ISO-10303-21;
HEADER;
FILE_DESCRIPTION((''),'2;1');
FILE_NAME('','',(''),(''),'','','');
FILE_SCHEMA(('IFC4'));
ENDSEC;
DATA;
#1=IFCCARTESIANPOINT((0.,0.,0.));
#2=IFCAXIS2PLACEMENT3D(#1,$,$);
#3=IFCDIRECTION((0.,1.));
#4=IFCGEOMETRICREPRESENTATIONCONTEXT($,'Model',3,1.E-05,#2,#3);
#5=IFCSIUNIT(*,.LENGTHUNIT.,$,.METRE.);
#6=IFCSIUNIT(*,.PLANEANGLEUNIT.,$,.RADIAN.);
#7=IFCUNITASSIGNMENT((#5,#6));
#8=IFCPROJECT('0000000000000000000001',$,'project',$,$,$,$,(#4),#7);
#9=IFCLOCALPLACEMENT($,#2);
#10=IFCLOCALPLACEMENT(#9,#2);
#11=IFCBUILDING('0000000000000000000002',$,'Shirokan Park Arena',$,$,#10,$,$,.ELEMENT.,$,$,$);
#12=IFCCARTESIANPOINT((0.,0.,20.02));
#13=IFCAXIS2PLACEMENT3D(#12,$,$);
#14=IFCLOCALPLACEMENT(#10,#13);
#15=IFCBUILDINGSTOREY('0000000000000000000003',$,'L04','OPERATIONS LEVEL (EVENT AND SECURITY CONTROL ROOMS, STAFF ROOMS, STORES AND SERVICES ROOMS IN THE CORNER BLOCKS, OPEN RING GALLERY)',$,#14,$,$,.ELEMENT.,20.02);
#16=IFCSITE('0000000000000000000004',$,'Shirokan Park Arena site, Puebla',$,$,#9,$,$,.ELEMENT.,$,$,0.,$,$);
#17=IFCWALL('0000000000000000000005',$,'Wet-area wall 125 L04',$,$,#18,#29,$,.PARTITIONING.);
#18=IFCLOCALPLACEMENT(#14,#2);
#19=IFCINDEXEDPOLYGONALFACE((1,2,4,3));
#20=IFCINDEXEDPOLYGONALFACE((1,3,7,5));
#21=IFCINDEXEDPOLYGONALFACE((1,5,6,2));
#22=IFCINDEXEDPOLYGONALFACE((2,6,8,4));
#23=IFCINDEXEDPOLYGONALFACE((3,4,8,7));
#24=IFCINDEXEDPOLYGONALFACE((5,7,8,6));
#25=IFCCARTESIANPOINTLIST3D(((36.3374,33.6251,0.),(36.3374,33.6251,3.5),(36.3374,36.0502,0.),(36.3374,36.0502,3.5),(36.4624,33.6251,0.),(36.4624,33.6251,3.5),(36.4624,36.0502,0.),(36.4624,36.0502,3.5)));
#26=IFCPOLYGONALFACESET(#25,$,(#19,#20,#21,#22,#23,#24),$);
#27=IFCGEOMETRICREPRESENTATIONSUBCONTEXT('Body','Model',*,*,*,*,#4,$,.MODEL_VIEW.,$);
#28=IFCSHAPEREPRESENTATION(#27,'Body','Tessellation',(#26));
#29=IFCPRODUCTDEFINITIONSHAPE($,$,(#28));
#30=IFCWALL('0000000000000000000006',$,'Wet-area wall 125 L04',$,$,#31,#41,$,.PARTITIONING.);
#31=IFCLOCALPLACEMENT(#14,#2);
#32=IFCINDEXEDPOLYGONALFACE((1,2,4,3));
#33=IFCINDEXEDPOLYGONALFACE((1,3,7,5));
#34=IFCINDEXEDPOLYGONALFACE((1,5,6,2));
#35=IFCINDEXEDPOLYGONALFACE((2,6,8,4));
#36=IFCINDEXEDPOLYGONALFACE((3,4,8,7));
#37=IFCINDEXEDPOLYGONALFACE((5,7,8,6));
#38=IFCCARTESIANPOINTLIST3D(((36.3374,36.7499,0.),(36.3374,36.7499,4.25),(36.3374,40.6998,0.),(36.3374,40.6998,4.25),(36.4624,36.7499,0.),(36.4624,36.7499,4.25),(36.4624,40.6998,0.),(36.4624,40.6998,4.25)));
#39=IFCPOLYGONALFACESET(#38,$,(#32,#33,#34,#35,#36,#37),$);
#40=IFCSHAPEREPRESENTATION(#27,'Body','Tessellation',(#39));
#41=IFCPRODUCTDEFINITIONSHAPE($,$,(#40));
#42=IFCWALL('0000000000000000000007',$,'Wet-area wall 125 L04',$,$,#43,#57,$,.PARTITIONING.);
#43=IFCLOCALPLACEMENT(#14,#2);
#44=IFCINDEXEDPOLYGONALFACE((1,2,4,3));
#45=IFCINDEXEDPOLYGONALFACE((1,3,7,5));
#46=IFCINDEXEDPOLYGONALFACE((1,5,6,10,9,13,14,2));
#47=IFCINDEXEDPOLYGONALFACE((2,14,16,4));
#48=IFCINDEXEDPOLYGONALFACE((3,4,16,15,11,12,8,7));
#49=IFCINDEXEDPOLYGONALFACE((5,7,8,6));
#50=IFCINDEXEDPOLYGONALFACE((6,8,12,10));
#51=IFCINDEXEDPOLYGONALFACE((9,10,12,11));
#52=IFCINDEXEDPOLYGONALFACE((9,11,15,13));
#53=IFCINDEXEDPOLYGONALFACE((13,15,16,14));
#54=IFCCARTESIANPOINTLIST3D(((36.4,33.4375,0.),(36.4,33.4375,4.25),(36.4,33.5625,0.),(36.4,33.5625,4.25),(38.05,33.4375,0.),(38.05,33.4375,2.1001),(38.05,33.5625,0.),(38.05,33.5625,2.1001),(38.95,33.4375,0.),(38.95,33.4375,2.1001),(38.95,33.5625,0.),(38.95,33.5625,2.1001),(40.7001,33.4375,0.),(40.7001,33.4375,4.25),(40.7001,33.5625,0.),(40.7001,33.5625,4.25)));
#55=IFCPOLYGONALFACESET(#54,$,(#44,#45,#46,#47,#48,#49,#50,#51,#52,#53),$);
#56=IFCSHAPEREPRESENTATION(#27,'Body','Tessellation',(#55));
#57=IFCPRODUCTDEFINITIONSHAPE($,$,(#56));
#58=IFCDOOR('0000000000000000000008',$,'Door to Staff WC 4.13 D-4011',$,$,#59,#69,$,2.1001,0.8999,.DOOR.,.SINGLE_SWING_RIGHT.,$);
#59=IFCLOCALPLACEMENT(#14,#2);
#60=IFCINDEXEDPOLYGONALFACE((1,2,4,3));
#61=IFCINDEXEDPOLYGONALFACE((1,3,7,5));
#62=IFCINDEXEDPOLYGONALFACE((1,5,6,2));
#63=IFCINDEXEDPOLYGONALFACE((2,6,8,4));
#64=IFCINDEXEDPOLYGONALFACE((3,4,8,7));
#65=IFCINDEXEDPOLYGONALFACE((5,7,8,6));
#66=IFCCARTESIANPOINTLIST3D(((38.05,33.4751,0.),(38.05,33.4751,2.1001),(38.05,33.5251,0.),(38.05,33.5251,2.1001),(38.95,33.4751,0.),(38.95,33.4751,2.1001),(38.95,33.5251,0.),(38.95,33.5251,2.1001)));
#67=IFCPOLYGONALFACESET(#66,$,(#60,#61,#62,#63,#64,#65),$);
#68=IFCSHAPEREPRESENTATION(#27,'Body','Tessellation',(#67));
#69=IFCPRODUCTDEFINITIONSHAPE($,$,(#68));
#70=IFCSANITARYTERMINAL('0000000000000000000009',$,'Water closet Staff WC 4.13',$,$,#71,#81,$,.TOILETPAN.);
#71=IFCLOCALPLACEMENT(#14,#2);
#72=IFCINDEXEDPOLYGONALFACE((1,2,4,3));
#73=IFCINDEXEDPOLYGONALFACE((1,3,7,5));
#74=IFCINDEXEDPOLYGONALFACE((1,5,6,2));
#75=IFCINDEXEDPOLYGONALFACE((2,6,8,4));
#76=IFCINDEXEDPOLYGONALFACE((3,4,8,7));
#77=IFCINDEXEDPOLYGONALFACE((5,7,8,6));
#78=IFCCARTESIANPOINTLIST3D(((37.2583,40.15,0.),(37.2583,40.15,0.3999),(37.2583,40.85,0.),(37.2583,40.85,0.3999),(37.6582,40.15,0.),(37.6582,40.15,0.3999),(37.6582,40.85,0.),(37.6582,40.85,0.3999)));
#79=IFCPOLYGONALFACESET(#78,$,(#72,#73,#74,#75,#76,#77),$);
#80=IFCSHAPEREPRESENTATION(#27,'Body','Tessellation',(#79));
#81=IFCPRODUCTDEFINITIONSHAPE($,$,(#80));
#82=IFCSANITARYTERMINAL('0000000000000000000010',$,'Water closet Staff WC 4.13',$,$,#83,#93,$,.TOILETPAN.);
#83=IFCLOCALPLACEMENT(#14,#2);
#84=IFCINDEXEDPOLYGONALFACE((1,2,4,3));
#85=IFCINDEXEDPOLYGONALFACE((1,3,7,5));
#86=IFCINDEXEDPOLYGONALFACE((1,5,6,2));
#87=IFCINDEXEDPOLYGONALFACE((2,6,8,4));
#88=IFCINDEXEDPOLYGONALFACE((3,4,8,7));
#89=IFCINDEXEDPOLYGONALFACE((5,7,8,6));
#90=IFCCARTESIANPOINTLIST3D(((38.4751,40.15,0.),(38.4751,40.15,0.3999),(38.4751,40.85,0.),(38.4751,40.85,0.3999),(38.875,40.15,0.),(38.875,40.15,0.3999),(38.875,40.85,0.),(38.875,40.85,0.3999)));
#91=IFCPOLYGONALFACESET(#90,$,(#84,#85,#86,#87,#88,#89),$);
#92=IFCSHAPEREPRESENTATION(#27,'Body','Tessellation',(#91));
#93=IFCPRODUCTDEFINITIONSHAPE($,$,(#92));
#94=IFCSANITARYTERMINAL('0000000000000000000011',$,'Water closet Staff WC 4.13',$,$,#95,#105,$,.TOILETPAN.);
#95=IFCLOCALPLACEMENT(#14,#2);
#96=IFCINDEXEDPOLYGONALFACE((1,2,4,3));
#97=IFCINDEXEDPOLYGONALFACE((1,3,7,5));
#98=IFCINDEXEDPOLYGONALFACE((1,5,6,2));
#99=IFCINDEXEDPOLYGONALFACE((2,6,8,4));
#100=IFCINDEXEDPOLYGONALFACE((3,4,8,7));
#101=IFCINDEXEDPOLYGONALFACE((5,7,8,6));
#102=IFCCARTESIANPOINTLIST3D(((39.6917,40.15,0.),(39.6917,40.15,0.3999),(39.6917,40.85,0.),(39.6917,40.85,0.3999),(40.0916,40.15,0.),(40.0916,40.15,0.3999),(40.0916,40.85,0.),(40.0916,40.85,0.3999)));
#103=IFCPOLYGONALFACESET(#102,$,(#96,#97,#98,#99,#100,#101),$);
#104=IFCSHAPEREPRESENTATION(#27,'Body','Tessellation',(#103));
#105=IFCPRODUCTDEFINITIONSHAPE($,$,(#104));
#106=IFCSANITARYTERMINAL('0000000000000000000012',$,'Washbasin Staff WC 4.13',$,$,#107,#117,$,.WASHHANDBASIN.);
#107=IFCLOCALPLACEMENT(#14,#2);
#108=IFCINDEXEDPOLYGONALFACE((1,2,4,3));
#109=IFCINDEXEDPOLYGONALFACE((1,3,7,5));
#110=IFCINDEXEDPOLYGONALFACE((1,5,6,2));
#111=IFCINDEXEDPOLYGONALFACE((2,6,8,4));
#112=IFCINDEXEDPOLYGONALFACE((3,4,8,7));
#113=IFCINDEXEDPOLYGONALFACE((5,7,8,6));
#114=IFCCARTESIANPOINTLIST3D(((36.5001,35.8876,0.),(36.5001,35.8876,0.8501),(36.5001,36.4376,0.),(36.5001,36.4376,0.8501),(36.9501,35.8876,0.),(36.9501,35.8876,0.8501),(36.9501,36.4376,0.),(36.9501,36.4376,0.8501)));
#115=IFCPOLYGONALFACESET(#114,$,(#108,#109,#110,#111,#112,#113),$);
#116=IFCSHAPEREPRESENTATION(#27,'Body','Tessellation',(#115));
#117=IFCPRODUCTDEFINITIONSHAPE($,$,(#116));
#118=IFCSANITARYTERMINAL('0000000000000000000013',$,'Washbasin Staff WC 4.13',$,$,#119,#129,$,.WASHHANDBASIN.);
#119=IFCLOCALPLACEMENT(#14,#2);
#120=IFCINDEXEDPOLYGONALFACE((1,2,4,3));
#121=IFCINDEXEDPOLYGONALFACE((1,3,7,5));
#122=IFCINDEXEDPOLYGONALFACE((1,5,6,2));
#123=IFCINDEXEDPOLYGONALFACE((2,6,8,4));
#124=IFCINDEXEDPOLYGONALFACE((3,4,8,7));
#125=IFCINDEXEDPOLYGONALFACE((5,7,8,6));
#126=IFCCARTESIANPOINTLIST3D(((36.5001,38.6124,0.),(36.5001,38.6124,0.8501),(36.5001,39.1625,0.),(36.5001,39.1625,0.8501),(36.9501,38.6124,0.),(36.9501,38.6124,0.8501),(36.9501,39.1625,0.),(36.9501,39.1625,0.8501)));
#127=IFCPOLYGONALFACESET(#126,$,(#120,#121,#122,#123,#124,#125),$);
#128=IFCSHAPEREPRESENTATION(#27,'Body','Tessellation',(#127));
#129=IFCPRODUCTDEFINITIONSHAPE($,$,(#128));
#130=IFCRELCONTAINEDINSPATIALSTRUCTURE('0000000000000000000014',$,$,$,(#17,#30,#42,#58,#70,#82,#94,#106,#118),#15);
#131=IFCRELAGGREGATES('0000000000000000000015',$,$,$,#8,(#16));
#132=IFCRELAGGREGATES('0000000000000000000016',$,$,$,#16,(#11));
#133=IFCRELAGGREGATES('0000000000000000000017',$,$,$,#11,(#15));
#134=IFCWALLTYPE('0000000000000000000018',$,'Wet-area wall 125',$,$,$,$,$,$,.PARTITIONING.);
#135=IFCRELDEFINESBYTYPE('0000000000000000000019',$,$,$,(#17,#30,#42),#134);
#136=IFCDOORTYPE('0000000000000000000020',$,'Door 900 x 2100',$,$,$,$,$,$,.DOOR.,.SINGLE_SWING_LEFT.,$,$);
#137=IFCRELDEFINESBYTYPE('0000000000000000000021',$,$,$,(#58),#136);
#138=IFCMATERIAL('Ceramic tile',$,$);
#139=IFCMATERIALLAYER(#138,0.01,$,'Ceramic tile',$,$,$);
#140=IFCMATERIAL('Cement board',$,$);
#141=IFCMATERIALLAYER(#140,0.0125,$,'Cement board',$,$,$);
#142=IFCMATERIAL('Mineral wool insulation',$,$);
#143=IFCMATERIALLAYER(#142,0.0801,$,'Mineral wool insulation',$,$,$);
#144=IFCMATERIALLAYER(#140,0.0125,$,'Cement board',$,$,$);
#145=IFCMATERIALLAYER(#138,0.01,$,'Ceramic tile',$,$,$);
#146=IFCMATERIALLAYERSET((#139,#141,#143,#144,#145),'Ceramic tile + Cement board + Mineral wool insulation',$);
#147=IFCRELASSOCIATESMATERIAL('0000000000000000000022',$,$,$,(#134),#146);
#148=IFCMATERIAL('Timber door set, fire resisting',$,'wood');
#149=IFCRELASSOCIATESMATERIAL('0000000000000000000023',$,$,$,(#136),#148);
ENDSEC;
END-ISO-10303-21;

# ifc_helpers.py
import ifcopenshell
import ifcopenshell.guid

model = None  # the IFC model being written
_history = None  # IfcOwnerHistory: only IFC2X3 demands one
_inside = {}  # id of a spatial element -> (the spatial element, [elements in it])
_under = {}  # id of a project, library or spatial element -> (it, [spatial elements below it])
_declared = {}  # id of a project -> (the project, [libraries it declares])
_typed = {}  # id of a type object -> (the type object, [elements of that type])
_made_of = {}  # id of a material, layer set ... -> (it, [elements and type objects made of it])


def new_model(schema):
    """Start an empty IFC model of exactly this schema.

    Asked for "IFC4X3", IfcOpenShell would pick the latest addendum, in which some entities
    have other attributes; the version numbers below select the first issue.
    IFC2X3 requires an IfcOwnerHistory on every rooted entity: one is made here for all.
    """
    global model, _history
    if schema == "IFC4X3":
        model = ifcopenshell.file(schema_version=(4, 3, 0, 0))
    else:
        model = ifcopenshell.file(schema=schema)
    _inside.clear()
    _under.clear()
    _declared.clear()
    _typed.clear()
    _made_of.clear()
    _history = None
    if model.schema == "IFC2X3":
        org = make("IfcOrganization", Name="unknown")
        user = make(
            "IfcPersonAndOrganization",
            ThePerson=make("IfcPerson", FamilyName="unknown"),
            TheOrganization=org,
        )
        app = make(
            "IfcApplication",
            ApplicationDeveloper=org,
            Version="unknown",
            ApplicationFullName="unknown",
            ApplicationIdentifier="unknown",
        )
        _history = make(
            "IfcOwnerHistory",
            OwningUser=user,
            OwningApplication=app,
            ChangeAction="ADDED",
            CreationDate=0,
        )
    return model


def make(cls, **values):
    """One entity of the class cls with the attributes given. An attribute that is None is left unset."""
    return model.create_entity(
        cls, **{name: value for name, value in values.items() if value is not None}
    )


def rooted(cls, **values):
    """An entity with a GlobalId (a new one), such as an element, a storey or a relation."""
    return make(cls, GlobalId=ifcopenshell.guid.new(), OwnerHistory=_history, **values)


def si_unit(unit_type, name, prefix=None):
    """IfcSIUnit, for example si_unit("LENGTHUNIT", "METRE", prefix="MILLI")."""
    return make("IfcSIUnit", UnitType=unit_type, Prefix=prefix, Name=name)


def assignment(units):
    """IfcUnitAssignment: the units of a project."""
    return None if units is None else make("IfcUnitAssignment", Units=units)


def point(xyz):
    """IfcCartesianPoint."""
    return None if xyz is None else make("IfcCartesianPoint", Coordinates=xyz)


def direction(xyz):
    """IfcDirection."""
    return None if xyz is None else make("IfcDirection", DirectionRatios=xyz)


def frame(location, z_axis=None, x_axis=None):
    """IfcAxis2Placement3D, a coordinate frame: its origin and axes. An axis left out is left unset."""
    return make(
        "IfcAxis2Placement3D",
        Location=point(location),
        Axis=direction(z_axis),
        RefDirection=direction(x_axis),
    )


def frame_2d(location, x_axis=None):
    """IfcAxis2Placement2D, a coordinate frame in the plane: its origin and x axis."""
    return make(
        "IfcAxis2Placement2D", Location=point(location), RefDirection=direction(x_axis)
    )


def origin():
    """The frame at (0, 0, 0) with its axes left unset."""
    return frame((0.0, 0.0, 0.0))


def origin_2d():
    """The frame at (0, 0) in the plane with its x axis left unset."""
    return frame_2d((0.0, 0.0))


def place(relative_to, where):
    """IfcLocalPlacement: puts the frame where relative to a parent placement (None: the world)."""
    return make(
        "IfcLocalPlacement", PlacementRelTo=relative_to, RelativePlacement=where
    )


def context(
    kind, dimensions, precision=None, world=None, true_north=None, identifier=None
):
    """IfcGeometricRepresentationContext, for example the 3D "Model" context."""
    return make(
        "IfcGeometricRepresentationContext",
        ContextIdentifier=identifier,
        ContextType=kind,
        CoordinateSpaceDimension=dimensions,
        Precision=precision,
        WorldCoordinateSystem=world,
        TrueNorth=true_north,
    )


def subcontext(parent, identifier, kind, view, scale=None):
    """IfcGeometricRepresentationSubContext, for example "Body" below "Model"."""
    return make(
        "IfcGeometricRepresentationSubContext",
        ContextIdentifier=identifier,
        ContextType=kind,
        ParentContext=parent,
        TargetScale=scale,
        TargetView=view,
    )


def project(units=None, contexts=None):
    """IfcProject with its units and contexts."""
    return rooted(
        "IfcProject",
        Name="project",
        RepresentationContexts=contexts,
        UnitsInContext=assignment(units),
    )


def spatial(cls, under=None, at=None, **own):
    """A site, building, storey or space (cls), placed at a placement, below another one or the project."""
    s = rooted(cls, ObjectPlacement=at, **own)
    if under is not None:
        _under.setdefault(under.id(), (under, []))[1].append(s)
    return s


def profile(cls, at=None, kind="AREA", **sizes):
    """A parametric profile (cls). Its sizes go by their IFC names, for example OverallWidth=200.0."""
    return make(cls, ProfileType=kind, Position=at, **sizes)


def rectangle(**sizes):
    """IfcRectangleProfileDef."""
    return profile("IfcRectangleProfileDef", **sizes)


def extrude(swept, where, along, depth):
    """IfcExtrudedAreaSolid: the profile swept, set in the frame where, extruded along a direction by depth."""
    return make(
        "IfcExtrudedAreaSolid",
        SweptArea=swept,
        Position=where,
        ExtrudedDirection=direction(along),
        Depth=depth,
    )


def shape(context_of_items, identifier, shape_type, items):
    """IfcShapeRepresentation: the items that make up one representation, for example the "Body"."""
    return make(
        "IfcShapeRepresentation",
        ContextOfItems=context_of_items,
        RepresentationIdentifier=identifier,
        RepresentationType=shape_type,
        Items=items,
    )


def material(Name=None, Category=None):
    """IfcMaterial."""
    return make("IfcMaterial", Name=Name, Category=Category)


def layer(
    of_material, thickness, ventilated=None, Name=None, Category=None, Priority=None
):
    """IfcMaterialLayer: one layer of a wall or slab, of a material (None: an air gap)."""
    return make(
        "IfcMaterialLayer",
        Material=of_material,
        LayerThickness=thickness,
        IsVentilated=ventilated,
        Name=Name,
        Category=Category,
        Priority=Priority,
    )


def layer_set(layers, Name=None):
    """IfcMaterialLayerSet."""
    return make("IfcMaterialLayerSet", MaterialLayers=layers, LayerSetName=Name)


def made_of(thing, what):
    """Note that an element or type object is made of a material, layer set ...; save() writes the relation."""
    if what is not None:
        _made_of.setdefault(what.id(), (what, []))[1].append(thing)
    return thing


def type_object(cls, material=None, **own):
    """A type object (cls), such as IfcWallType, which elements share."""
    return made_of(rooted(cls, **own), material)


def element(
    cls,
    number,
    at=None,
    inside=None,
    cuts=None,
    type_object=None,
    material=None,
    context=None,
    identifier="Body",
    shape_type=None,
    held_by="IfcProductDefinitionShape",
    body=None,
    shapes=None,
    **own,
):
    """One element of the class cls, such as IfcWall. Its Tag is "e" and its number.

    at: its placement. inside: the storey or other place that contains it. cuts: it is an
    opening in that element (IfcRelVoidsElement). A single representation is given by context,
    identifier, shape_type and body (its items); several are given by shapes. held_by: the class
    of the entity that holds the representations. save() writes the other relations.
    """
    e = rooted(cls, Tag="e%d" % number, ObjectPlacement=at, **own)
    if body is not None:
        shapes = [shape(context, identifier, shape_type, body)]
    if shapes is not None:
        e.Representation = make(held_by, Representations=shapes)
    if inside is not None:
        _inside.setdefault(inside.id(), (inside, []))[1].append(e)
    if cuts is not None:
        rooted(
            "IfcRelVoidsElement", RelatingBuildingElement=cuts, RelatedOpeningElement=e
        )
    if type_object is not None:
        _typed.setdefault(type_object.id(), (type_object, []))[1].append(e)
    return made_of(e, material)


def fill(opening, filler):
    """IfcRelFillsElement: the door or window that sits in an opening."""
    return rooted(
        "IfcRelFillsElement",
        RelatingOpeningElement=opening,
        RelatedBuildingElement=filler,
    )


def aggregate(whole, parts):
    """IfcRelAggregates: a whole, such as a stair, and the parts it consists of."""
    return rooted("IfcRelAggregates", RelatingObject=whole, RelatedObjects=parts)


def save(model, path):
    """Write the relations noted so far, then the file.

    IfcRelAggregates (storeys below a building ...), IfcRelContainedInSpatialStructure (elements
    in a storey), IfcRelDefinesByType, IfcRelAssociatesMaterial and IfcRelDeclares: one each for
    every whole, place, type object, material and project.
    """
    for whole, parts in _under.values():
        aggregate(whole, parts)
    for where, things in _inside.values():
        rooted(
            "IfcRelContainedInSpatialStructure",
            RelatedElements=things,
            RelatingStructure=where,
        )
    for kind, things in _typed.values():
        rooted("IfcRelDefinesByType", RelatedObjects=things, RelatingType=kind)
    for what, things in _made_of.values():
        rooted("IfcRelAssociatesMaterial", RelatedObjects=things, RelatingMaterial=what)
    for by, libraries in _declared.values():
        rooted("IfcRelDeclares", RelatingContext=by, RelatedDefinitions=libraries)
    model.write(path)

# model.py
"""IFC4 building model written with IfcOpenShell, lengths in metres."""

from ifc_helpers import new_model, si_unit, direction, frame, frame_2d, origin, origin_2d, place, context, subcontext, project, spatial, rectangle, extrude, material, layer, layer_set, type_object, element, fill, save


model = new_model("IFC4")

# Units and contexts
model_context = context("Model", 3, precision=1e-05, world=origin(), true_north=direction((0.0, 1.0)))
body_context = subcontext(model_context, "Body", "Model", "MODEL_VIEW")
ifc_project = project(units=[si_unit("LENGTHUNIT", "METRE"), si_unit("PLANEANGLEUNIT", "RADIAN")], contexts=[model_context])

# Site, building, storey
site_placement = place(None, origin())
site = spatial("IfcSite", under=ifc_project, at=site_placement, Name="Shirokan Park Arena site, Puebla", CompositionType="ELEMENT", RefElevation=0.0)
building_placement = place(site_placement, origin())
building = spatial("IfcBuilding", under=site, at=building_placement, Name="Shirokan Park Arena", CompositionType="ELEMENT")
storey_placement = place(building_placement, frame((0.0, 0.0, 20.02)))
storey = spatial("IfcBuildingStorey", under=building, at=storey_placement, Name="L04", Description="OPERATIONS LEVEL (EVENT AND SECURITY CONTROL ROOMS, STAFF ROOMS, STORES AND SERVICES ROOMS IN THE CORNER BLOCKS, OPEN RING GALLERY)", CompositionType="ELEMENT", Elevation=20.02)

# Shared definitions
ifc_material_1 = material(Name="Timber door set, fire resisting", Category="wood")

# Walls
ifc_material_2 = material(Name="Ceramic tile")
ifc_layer_1 = layer(ifc_material_2, 0.01, Name="Ceramic tile")
ifc_material_3 = material(Name="Cement board")
ifc_layer_2 = layer(ifc_material_3, 0.0125, Name="Cement board")
ifc_material_4 = material(Name="Mineral wool insulation")
ifc_layer_3 = layer(ifc_material_4, 0.0801, Name="Mineral wool insulation")
ifc_layer_4 = layer(ifc_material_3, 0.0125, Name="Cement board")
ifc_layer_5 = layer(ifc_material_2, 0.01, Name="Ceramic tile")
ifc_layer_set_1 = layer_set([ifc_layer_1, ifc_layer_2, ifc_layer_3, ifc_layer_4, ifc_layer_5], Name="Ceramic tile + Cement board + Mineral wool insulation")
wall_type_1 = type_object("IfcWallType", Name="Wet-area wall 125", PredefinedType="PARTITIONING", material=ifc_layer_set_1)
wall_1_placement = place(storey_placement, frame((36.3999, 36.05, 0.0), z_axis=(0.0, 0.0, 1.0), x_axis=(0.0, -1.0, 0.0)))
element("IfcWall", 1, at=wall_1_placement, inside=storey, type_object=wall_type_1, Name="Wet-area wall 125 L04", PredefinedType="PARTITIONING", context=body_context, shape_type="SweptSolid", body=[
    extrude(rectangle(XDim=2.425, YDim=0.125, at=frame_2d((1.2124, 0.0))), origin(), (0.0, 0.0, 1.0), 3.5),
])
wall_2_placement = place(storey_placement, frame((36.3999, 40.7, 0.0), z_axis=(0.0, 0.0, 1.0), x_axis=(0.0, -1.0, 0.0)))
element("IfcWall", 2, at=wall_2_placement, inside=storey, type_object=wall_type_1, Name="Wet-area wall 125 L04", PredefinedType="PARTITIONING", context=body_context, shape_type="SweptSolid", body=[
    extrude(rectangle(XDim=3.95, YDim=0.125, at=frame_2d((1.9751, 0.0))), origin(), (0.0, 0.0, 1.0), 4.25),
])

# Wall, opening, door
wall_3_placement = place(storey_placement, frame((40.7, 33.5, 0.0), z_axis=(0.0, 0.0, 1.0), x_axis=(-1.0, 0.0, 0.0)))
wall_3 = element("IfcWall", 3, at=wall_3_placement, inside=storey, type_object=wall_type_1, Name="Wet-area wall 125 L04", PredefinedType="PARTITIONING", context=body_context, shape_type="SweptSolid", body=[
    extrude(rectangle(XDim=4.3, YDim=0.125, at=frame_2d((2.1499, 0.0))), origin(), (0.0, 0.0, 1.0), 4.25),
])
opening_1_placement = place(wall_3_placement, frame((1.75, 0.0, 0.0)))
opening_1 = element("IfcOpeningElement", 4, at=opening_1_placement, cuts=wall_3, PredefinedType="OPENING", context=body_context, shape_type="SweptSolid", body=[
    extrude(rectangle(XDim=0.8999, YDim=2.1001, at=frame_2d((0.45, 1.05))), frame((0.0, 0.0725, 0.0), z_axis=(0.0, -1.0, 0.0), x_axis=(1.0, 0.0, 0.0)), (0.0, 0.0, 1.0), 0.145),
])
door_type_1 = type_object("IfcDoorType", Name="Door 900 x 2100", OperationType="SINGLE_SWING_LEFT", PredefinedType="DOOR", material=ifc_material_1)
door_1_placement = place(opening_1_placement, origin())
door_1 = element("IfcDoor", 5, at=door_1_placement, inside=storey, type_object=door_type_1, Name="Door to Staff WC 4.13 D-4011", OperationType="SINGLE_SWING_RIGHT", OverallHeight=2.1001, OverallWidth=0.8999, PredefinedType="DOOR", context=body_context, shape_type="SweptSolid", body=[
    extrude(rectangle(XDim=0.8999, YDim=2.1001, at=frame_2d((0.45, 1.05))), frame((0.0, 0.0249, 0.0), z_axis=(0.0, -1.0, 0.0), x_axis=(1.0, 0.0, 0.0)), (0.0, 0.0, 1.0), 0.05),
])
fill(opening_1, door_1)

# Sanitary terminals
for number, where, z_axis, x_axis, name in (
    (6, (37.4583, 40.5, 0.0), (0.0, 0.0, 1.0), (1.0, 0.0, 0.0), "Water closet Staff WC 4.13"),
    (7, (38.675, 40.5, 0.0), (0.0, 0.0, 1.0), (1.0, 0.0, 0.0), "Water closet Staff WC 4.13"),
    (8, (39.8916, 40.5, 0.0), (0.0, 0.0, 1.0), (1.0, 0.0, 0.0), "Water closet Staff WC 4.13"),
):
    element("IfcSanitaryTerminal", number, at=place(storey_placement, frame(where, z_axis=z_axis, x_axis=x_axis)), inside=storey, Name=name, PredefinedType="TOILETPAN", context=body_context, shape_type="SweptSolid", body=[
        extrude(rectangle(XDim=0.3999, YDim=0.7, at=origin_2d()), origin(), (0.0, 0.0, 1.0), 0.3999),
    ])
for number, where, z_axis, x_axis, name in (
    (9, (36.7251, 36.1626, 0.0), (0.0, 0.0, 1.0), (1.0, 0.0, 0.0), "Washbasin Staff WC 4.13"),
    (10, (36.7251, 38.8875, 0.0), (0.0, 0.0, 1.0), (1.0, 0.0, 0.0), "Washbasin Staff WC 4.13"),
):
    element("IfcSanitaryTerminal", number, at=place(storey_placement, frame(where, z_axis=z_axis, x_axis=x_axis)), inside=storey, Name=name, PredefinedType="WASHHANDBASIN", context=body_context, shape_type="SweptSolid", body=[
        extrude(rectangle(XDim=0.45, YDim=0.55, at=origin_2d()), origin(), (0.0, 0.0, 1.0), 0.8501),
    ])

save(model, "model.ifc")
